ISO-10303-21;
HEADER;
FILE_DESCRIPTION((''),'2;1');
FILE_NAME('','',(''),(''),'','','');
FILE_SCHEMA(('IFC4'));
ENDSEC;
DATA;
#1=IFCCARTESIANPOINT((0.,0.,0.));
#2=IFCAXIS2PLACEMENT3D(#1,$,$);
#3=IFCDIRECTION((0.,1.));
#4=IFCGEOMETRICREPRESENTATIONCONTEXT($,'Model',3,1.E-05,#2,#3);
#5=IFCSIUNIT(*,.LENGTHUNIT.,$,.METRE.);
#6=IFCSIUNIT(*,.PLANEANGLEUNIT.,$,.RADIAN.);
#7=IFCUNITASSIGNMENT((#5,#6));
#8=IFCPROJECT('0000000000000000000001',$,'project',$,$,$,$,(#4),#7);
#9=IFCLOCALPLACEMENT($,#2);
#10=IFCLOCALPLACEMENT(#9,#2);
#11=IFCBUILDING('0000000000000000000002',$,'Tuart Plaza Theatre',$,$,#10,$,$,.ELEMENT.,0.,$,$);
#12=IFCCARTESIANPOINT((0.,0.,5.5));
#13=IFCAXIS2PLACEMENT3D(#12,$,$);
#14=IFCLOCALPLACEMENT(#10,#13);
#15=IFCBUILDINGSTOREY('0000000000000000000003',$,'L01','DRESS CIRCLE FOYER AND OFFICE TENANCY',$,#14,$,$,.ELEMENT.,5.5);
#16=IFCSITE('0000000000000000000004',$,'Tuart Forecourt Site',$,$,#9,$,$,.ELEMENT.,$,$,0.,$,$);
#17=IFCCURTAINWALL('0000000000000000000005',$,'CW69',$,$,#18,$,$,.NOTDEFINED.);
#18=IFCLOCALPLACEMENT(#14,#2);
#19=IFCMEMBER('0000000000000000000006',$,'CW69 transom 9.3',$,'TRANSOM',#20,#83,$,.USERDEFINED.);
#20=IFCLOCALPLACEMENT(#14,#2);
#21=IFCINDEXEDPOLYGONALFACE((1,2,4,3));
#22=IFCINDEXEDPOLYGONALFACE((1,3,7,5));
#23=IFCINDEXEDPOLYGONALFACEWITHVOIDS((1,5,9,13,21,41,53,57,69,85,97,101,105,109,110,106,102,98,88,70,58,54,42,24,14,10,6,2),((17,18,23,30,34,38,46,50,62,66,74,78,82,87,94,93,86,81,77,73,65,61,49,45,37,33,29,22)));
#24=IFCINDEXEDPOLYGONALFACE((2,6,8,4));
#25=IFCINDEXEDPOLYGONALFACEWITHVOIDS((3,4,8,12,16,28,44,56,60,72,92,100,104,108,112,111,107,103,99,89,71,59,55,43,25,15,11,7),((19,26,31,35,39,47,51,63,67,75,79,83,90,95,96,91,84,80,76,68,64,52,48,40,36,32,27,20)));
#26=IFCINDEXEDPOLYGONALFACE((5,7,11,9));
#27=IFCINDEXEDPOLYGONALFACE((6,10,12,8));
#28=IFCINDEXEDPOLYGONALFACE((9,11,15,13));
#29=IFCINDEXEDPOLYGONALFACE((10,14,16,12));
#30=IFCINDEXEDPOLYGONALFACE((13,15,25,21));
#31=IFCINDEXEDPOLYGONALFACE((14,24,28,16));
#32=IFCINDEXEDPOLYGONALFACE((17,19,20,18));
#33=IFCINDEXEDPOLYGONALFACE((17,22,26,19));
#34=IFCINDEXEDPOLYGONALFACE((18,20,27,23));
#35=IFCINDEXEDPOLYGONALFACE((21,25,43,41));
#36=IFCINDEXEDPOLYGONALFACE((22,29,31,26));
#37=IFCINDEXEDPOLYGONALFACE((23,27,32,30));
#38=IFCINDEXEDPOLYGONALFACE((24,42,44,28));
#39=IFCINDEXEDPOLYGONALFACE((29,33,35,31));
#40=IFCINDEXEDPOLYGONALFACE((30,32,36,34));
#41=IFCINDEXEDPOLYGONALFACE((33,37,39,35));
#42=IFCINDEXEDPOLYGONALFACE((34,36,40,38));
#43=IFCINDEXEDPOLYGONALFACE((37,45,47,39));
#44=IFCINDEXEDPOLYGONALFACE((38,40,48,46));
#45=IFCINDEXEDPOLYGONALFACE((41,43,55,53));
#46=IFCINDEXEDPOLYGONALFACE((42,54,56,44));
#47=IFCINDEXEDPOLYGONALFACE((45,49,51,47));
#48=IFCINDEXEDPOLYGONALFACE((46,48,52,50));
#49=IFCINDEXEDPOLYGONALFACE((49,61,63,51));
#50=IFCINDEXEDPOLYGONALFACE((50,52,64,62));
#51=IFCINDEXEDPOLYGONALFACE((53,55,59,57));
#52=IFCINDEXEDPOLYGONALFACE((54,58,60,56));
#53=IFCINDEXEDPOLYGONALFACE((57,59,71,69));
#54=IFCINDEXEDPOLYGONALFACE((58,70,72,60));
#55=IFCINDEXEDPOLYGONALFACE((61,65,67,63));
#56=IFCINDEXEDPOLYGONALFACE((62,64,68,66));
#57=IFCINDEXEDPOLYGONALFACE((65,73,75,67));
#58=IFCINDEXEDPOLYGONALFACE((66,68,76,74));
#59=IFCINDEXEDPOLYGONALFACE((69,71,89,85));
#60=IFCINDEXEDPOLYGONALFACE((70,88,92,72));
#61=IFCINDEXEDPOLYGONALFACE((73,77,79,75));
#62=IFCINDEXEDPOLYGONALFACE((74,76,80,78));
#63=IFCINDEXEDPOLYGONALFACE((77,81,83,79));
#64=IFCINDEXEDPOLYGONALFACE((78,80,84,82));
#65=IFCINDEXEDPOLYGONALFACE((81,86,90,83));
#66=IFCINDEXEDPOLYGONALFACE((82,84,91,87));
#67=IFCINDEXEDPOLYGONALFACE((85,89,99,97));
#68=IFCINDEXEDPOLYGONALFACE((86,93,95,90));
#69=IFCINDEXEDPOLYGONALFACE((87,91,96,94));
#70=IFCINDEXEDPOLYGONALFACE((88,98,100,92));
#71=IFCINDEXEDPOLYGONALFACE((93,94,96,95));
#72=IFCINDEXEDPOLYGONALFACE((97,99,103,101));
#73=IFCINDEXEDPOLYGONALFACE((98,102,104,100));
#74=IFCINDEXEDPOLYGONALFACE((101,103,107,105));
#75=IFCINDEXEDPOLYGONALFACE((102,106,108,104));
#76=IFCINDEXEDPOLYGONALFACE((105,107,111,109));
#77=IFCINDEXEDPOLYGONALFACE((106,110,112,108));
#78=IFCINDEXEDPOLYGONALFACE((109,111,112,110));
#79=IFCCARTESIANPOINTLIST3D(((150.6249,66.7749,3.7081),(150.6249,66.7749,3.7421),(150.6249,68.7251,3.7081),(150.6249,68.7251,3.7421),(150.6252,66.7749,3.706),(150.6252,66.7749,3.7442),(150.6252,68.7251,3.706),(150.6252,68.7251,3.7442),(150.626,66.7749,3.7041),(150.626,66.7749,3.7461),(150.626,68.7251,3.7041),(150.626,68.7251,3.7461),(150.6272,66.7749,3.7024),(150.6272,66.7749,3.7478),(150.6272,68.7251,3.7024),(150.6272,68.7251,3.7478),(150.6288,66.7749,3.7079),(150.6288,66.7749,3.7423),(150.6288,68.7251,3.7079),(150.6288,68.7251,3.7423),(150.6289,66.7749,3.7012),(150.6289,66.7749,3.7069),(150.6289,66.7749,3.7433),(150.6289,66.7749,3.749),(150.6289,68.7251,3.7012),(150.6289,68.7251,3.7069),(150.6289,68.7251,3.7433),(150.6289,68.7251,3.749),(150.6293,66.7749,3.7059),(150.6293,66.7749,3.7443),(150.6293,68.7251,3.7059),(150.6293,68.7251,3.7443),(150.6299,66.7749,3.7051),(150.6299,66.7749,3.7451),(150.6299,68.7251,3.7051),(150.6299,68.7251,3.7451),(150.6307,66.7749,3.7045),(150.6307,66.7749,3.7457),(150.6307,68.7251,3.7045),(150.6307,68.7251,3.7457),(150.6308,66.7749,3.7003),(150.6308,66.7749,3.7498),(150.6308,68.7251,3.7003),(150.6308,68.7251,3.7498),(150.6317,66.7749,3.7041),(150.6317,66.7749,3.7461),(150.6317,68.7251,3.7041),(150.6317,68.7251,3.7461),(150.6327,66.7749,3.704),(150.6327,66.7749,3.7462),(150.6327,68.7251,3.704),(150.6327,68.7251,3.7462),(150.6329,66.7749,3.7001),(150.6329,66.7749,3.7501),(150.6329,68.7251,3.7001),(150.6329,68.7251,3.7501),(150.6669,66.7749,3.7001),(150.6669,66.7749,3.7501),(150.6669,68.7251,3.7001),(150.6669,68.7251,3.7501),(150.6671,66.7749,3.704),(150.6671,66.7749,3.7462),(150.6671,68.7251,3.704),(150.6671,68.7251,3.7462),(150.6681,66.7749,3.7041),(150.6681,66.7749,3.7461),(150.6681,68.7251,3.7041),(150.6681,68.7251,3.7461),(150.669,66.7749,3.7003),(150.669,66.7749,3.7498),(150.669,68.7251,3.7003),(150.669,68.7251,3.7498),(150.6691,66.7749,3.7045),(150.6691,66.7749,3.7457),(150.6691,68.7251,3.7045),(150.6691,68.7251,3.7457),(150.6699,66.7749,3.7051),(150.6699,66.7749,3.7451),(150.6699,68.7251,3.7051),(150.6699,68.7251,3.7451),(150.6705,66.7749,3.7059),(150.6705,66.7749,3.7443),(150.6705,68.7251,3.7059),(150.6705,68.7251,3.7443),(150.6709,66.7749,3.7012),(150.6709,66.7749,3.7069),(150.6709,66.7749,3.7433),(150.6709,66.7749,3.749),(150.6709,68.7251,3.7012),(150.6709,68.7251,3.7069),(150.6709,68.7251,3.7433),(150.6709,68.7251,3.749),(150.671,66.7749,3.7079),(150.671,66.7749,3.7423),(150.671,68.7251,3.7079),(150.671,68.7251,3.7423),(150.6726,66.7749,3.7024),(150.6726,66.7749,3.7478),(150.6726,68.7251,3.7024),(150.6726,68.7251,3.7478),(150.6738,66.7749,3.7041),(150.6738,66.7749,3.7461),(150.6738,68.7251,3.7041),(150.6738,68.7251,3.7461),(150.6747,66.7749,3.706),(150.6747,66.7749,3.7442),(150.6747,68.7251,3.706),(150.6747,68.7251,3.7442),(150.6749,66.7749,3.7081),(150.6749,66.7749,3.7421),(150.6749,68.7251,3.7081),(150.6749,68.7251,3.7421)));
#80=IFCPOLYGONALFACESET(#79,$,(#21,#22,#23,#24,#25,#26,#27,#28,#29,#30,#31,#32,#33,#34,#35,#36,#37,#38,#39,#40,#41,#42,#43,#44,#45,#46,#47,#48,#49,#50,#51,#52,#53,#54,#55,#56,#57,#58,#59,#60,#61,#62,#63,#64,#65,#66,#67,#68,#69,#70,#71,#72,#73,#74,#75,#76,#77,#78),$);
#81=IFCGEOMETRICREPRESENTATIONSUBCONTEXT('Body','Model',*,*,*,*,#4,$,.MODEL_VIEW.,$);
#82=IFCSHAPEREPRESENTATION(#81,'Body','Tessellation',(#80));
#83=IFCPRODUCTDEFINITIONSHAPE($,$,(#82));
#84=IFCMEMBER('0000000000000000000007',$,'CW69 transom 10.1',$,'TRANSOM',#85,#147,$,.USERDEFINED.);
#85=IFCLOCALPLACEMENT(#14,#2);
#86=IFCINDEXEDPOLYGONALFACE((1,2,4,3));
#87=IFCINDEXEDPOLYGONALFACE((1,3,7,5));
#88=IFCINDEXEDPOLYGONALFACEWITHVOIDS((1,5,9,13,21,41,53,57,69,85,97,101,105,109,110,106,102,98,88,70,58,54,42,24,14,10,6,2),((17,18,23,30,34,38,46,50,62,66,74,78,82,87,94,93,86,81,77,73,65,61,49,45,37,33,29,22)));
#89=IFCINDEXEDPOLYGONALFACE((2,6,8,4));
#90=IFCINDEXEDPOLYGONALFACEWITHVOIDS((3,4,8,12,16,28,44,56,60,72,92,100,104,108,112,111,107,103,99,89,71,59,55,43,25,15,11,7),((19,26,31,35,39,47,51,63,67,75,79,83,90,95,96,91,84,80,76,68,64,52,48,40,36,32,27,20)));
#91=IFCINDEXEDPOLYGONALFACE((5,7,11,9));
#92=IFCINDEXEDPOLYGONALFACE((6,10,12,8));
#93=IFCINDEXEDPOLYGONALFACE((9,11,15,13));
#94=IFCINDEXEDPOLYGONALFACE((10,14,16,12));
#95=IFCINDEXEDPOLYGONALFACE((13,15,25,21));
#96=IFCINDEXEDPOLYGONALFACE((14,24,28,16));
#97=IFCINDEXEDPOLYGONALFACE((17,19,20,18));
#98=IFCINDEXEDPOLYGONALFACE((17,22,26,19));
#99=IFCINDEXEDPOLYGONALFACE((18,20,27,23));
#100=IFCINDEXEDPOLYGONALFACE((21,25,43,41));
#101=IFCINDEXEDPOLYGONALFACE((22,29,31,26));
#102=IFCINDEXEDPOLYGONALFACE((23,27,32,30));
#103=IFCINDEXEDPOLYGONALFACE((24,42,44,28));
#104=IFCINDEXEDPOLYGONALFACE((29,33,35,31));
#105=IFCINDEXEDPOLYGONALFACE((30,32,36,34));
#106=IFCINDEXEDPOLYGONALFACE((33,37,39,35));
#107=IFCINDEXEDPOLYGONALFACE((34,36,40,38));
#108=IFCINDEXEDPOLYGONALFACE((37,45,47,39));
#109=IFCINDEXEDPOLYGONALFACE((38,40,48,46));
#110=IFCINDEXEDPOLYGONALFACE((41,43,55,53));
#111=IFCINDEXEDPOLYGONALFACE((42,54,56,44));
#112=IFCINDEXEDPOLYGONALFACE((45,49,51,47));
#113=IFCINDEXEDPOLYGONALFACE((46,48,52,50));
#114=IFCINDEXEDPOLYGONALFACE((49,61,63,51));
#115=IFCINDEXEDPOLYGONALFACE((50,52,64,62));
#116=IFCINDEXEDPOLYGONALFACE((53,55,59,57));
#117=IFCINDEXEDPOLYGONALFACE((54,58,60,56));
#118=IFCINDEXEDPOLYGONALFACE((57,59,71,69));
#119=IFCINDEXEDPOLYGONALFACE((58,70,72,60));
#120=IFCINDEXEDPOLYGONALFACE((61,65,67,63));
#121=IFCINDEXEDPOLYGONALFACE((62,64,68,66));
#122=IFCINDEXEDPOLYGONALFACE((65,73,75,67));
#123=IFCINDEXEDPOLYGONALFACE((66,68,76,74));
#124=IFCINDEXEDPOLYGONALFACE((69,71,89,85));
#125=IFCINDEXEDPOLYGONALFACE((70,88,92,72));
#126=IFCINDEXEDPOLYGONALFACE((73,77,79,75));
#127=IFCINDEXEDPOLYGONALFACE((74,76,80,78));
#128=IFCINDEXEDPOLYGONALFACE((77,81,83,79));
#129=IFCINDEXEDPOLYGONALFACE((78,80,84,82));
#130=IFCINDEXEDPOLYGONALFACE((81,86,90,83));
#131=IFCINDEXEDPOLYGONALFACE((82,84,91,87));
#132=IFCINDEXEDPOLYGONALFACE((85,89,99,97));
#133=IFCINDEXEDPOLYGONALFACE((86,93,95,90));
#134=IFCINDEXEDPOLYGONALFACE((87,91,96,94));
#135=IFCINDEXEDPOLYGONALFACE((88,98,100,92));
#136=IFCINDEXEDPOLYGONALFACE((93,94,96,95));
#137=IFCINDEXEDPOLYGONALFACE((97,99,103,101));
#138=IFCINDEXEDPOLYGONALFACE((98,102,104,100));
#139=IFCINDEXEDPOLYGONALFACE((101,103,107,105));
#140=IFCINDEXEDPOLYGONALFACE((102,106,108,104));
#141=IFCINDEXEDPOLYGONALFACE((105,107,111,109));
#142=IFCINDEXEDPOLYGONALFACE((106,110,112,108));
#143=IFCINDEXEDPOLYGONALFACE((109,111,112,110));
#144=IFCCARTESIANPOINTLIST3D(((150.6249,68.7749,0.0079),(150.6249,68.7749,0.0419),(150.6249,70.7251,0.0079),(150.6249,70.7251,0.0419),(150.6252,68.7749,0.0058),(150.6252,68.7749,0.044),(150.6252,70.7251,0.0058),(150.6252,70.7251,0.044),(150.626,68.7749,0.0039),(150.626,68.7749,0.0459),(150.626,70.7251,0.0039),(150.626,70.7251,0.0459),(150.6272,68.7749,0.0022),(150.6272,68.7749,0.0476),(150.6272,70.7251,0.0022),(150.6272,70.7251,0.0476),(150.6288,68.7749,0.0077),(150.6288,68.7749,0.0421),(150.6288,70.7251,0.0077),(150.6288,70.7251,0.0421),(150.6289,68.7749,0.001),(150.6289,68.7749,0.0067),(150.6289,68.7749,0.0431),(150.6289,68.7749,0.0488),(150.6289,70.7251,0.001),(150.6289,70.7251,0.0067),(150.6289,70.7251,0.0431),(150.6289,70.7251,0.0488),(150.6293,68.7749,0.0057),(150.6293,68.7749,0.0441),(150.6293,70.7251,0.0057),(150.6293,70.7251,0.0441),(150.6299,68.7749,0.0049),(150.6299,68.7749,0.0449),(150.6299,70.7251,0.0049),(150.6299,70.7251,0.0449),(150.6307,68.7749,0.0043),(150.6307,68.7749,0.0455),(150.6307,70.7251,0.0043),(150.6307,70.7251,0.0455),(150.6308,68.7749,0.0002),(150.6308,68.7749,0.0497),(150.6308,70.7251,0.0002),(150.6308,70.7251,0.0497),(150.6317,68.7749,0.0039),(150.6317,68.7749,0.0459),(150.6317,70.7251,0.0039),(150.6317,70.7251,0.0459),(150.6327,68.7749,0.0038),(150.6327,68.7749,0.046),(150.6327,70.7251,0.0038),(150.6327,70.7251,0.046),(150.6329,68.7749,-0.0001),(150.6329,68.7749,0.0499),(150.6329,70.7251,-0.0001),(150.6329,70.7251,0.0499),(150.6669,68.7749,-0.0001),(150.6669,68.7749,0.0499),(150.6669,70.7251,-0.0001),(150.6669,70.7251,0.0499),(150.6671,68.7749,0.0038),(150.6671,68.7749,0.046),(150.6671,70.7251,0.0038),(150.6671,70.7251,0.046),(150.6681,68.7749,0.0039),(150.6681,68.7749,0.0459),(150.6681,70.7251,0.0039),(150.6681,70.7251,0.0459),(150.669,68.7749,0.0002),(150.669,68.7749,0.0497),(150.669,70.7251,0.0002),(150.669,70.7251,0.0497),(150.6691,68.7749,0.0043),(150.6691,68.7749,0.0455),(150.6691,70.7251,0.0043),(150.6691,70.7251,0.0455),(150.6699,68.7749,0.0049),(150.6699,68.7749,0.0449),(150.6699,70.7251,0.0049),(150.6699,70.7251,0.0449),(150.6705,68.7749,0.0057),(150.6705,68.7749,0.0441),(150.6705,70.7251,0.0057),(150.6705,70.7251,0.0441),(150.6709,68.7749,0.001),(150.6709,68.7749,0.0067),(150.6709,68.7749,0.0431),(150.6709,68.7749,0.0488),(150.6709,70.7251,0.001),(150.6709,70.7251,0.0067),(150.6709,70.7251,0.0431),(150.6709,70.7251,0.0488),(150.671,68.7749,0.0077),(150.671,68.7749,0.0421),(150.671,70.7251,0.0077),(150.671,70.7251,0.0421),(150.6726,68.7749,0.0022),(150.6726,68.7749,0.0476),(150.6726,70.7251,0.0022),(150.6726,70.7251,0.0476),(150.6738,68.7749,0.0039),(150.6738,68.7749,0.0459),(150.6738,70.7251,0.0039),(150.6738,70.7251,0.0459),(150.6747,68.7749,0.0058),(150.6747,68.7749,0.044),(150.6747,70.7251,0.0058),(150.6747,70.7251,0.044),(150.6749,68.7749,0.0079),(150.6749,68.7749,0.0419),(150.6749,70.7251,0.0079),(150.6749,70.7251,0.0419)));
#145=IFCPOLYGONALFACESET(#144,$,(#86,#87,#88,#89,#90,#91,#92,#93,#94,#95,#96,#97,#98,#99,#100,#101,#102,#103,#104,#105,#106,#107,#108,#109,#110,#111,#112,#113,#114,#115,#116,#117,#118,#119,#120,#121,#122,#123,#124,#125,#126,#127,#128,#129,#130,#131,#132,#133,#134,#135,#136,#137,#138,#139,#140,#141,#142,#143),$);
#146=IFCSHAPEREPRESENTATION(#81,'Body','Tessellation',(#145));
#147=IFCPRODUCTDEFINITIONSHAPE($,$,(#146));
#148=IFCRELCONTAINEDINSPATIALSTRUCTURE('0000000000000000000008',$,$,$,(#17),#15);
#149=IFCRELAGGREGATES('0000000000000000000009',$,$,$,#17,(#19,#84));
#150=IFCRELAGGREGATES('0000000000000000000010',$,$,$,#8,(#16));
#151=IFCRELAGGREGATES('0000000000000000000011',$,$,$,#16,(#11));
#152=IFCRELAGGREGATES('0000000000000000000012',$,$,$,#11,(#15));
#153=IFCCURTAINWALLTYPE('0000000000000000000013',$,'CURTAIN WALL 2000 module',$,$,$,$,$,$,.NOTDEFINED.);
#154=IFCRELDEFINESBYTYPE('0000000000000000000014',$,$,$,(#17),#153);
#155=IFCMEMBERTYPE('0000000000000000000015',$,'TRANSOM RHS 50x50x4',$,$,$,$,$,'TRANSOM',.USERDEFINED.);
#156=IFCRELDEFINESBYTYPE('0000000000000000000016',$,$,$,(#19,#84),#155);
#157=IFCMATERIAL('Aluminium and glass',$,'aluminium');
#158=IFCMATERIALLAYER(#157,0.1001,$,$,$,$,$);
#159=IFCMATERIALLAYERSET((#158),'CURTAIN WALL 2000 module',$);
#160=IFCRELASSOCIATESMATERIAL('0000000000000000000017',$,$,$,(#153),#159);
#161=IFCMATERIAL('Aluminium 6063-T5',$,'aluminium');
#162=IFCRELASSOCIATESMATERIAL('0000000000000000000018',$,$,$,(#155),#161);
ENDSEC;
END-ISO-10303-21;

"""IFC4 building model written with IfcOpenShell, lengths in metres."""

from ifc_helpers import new_model, si_unit, direction, frame, origin, origin_2d, place, context, subcontext, project, spatial, hollow_rectangle, extrude, material, layer, layer_set, material_profile, profile_set, type_object, element, aggregate, save


model = new_model("IFC4")

# Units and contexts
model_context = context("Model", 3, precision=1e-05, world=origin(), true_north=direction((0.0, 1.0)))
body_context = subcontext(model_context, "Body", "Model", "MODEL_VIEW")
ifc_project = project(units=[si_unit("LENGTHUNIT", "METRE"), si_unit("PLANEANGLEUNIT", "RADIAN")], contexts=[model_context])

# Site, building, storey
site_placement = place(None, origin())
site = spatial("IfcSite", under=ifc_project, at=site_placement, Name="Tuart Forecourt Site", CompositionType="ELEMENT", RefElevation=0.0)
building_placement = place(site_placement, origin())
building = spatial("IfcBuilding", under=site, at=building_placement, Name="Tuart Plaza Theatre", CompositionType="ELEMENT", ElevationOfRefHeight=0.0)
storey_placement = place(building_placement, frame((0.0, 0.0, 5.5)))
storey = spatial("IfcBuildingStorey", under=building, at=storey_placement, Name="L01", Description="DRESS CIRCLE FOYER AND OFFICE TENANCY", CompositionType="ELEMENT", Elevation=5.5)

# Curtain wall, members
ifc_material_1 = material(Name="Aluminium and glass", Category="aluminium")
ifc_layer_1 = layer(ifc_material_1, 0.1001)
ifc_layer_set_1 = layer_set([ifc_layer_1], Name="CURTAIN WALL 2000 module")
curtain_wall_type = type_object("IfcCurtainWallType", Name="CURTAIN WALL 2000 module", PredefinedType="NOTDEFINED", material=ifc_layer_set_1)
curtain_wall_placement = place(storey_placement, origin())
curtain_wall = element("IfcCurtainWall", 1, at=curtain_wall_placement, inside=storey, type_object=curtain_wall_type, Name="CW69", PredefinedType="NOTDEFINED")
ifc_material_2 = material(Name="Aluminium 6063-T5", Category="aluminium")
ifc_material_profile_1 = material_profile(ifc_material_2, hollow_rectangle(XDim=0.05, YDim=0.05, WallThickness=0.0039, InnerFilletRadius=0.0039, OuterFilletRadius=0.0081, at=origin_2d()), Name="RHS 50x50x4")
ifc_profile_set_1 = profile_set([ifc_material_profile_1], Name="Aluminium 6063-T5")
member_type_1 = type_object("IfcMemberType", Name="TRANSOM RHS 50x50x4", ElementType="TRANSOM", PredefinedType="USERDEFINED", material=ifc_profile_set_1)
member_1_placement = place(storey_placement, frame((150.6499, 66.7749, 3.7251), z_axis=(0.0, 1.0, 0.0), x_axis=(-1.0, 0.0, 0.0)))
member_1 = element("IfcMember", 2, at=member_1_placement, type_object=member_type_1, Name="CW69 transom 9.3", ObjectType="TRANSOM", PredefinedType="USERDEFINED", context=body_context, shape_type="SweptSolid", body=[
    extrude(hollow_rectangle(XDim=0.05, YDim=0.05, WallThickness=0.0039, InnerFilletRadius=0.0039, OuterFilletRadius=0.0081, at=origin_2d()), origin(), (0.0, 0.0, 1.0), 1.9502),
])
member_2_placement = place(storey_placement, frame((150.6499, 68.7749, 0.0249), z_axis=(0.0, 1.0, 0.0), x_axis=(-1.0, 0.0, 0.0)))
member_2 = element("IfcMember", 3, at=member_2_placement, type_object=member_type_1, Name="CW69 transom 10.1", ObjectType="TRANSOM", PredefinedType="USERDEFINED", context=body_context, shape_type="SweptSolid", body=[
    extrude(hollow_rectangle(XDim=0.05, YDim=0.05, WallThickness=0.0039, InnerFilletRadius=0.0039, OuterFilletRadius=0.0081, at=origin_2d()), origin(), (0.0, 0.0, 1.0), 1.9502),
])
aggregate(curtain_wall, [member_1, member_2])

save(model, "model.ifc")
